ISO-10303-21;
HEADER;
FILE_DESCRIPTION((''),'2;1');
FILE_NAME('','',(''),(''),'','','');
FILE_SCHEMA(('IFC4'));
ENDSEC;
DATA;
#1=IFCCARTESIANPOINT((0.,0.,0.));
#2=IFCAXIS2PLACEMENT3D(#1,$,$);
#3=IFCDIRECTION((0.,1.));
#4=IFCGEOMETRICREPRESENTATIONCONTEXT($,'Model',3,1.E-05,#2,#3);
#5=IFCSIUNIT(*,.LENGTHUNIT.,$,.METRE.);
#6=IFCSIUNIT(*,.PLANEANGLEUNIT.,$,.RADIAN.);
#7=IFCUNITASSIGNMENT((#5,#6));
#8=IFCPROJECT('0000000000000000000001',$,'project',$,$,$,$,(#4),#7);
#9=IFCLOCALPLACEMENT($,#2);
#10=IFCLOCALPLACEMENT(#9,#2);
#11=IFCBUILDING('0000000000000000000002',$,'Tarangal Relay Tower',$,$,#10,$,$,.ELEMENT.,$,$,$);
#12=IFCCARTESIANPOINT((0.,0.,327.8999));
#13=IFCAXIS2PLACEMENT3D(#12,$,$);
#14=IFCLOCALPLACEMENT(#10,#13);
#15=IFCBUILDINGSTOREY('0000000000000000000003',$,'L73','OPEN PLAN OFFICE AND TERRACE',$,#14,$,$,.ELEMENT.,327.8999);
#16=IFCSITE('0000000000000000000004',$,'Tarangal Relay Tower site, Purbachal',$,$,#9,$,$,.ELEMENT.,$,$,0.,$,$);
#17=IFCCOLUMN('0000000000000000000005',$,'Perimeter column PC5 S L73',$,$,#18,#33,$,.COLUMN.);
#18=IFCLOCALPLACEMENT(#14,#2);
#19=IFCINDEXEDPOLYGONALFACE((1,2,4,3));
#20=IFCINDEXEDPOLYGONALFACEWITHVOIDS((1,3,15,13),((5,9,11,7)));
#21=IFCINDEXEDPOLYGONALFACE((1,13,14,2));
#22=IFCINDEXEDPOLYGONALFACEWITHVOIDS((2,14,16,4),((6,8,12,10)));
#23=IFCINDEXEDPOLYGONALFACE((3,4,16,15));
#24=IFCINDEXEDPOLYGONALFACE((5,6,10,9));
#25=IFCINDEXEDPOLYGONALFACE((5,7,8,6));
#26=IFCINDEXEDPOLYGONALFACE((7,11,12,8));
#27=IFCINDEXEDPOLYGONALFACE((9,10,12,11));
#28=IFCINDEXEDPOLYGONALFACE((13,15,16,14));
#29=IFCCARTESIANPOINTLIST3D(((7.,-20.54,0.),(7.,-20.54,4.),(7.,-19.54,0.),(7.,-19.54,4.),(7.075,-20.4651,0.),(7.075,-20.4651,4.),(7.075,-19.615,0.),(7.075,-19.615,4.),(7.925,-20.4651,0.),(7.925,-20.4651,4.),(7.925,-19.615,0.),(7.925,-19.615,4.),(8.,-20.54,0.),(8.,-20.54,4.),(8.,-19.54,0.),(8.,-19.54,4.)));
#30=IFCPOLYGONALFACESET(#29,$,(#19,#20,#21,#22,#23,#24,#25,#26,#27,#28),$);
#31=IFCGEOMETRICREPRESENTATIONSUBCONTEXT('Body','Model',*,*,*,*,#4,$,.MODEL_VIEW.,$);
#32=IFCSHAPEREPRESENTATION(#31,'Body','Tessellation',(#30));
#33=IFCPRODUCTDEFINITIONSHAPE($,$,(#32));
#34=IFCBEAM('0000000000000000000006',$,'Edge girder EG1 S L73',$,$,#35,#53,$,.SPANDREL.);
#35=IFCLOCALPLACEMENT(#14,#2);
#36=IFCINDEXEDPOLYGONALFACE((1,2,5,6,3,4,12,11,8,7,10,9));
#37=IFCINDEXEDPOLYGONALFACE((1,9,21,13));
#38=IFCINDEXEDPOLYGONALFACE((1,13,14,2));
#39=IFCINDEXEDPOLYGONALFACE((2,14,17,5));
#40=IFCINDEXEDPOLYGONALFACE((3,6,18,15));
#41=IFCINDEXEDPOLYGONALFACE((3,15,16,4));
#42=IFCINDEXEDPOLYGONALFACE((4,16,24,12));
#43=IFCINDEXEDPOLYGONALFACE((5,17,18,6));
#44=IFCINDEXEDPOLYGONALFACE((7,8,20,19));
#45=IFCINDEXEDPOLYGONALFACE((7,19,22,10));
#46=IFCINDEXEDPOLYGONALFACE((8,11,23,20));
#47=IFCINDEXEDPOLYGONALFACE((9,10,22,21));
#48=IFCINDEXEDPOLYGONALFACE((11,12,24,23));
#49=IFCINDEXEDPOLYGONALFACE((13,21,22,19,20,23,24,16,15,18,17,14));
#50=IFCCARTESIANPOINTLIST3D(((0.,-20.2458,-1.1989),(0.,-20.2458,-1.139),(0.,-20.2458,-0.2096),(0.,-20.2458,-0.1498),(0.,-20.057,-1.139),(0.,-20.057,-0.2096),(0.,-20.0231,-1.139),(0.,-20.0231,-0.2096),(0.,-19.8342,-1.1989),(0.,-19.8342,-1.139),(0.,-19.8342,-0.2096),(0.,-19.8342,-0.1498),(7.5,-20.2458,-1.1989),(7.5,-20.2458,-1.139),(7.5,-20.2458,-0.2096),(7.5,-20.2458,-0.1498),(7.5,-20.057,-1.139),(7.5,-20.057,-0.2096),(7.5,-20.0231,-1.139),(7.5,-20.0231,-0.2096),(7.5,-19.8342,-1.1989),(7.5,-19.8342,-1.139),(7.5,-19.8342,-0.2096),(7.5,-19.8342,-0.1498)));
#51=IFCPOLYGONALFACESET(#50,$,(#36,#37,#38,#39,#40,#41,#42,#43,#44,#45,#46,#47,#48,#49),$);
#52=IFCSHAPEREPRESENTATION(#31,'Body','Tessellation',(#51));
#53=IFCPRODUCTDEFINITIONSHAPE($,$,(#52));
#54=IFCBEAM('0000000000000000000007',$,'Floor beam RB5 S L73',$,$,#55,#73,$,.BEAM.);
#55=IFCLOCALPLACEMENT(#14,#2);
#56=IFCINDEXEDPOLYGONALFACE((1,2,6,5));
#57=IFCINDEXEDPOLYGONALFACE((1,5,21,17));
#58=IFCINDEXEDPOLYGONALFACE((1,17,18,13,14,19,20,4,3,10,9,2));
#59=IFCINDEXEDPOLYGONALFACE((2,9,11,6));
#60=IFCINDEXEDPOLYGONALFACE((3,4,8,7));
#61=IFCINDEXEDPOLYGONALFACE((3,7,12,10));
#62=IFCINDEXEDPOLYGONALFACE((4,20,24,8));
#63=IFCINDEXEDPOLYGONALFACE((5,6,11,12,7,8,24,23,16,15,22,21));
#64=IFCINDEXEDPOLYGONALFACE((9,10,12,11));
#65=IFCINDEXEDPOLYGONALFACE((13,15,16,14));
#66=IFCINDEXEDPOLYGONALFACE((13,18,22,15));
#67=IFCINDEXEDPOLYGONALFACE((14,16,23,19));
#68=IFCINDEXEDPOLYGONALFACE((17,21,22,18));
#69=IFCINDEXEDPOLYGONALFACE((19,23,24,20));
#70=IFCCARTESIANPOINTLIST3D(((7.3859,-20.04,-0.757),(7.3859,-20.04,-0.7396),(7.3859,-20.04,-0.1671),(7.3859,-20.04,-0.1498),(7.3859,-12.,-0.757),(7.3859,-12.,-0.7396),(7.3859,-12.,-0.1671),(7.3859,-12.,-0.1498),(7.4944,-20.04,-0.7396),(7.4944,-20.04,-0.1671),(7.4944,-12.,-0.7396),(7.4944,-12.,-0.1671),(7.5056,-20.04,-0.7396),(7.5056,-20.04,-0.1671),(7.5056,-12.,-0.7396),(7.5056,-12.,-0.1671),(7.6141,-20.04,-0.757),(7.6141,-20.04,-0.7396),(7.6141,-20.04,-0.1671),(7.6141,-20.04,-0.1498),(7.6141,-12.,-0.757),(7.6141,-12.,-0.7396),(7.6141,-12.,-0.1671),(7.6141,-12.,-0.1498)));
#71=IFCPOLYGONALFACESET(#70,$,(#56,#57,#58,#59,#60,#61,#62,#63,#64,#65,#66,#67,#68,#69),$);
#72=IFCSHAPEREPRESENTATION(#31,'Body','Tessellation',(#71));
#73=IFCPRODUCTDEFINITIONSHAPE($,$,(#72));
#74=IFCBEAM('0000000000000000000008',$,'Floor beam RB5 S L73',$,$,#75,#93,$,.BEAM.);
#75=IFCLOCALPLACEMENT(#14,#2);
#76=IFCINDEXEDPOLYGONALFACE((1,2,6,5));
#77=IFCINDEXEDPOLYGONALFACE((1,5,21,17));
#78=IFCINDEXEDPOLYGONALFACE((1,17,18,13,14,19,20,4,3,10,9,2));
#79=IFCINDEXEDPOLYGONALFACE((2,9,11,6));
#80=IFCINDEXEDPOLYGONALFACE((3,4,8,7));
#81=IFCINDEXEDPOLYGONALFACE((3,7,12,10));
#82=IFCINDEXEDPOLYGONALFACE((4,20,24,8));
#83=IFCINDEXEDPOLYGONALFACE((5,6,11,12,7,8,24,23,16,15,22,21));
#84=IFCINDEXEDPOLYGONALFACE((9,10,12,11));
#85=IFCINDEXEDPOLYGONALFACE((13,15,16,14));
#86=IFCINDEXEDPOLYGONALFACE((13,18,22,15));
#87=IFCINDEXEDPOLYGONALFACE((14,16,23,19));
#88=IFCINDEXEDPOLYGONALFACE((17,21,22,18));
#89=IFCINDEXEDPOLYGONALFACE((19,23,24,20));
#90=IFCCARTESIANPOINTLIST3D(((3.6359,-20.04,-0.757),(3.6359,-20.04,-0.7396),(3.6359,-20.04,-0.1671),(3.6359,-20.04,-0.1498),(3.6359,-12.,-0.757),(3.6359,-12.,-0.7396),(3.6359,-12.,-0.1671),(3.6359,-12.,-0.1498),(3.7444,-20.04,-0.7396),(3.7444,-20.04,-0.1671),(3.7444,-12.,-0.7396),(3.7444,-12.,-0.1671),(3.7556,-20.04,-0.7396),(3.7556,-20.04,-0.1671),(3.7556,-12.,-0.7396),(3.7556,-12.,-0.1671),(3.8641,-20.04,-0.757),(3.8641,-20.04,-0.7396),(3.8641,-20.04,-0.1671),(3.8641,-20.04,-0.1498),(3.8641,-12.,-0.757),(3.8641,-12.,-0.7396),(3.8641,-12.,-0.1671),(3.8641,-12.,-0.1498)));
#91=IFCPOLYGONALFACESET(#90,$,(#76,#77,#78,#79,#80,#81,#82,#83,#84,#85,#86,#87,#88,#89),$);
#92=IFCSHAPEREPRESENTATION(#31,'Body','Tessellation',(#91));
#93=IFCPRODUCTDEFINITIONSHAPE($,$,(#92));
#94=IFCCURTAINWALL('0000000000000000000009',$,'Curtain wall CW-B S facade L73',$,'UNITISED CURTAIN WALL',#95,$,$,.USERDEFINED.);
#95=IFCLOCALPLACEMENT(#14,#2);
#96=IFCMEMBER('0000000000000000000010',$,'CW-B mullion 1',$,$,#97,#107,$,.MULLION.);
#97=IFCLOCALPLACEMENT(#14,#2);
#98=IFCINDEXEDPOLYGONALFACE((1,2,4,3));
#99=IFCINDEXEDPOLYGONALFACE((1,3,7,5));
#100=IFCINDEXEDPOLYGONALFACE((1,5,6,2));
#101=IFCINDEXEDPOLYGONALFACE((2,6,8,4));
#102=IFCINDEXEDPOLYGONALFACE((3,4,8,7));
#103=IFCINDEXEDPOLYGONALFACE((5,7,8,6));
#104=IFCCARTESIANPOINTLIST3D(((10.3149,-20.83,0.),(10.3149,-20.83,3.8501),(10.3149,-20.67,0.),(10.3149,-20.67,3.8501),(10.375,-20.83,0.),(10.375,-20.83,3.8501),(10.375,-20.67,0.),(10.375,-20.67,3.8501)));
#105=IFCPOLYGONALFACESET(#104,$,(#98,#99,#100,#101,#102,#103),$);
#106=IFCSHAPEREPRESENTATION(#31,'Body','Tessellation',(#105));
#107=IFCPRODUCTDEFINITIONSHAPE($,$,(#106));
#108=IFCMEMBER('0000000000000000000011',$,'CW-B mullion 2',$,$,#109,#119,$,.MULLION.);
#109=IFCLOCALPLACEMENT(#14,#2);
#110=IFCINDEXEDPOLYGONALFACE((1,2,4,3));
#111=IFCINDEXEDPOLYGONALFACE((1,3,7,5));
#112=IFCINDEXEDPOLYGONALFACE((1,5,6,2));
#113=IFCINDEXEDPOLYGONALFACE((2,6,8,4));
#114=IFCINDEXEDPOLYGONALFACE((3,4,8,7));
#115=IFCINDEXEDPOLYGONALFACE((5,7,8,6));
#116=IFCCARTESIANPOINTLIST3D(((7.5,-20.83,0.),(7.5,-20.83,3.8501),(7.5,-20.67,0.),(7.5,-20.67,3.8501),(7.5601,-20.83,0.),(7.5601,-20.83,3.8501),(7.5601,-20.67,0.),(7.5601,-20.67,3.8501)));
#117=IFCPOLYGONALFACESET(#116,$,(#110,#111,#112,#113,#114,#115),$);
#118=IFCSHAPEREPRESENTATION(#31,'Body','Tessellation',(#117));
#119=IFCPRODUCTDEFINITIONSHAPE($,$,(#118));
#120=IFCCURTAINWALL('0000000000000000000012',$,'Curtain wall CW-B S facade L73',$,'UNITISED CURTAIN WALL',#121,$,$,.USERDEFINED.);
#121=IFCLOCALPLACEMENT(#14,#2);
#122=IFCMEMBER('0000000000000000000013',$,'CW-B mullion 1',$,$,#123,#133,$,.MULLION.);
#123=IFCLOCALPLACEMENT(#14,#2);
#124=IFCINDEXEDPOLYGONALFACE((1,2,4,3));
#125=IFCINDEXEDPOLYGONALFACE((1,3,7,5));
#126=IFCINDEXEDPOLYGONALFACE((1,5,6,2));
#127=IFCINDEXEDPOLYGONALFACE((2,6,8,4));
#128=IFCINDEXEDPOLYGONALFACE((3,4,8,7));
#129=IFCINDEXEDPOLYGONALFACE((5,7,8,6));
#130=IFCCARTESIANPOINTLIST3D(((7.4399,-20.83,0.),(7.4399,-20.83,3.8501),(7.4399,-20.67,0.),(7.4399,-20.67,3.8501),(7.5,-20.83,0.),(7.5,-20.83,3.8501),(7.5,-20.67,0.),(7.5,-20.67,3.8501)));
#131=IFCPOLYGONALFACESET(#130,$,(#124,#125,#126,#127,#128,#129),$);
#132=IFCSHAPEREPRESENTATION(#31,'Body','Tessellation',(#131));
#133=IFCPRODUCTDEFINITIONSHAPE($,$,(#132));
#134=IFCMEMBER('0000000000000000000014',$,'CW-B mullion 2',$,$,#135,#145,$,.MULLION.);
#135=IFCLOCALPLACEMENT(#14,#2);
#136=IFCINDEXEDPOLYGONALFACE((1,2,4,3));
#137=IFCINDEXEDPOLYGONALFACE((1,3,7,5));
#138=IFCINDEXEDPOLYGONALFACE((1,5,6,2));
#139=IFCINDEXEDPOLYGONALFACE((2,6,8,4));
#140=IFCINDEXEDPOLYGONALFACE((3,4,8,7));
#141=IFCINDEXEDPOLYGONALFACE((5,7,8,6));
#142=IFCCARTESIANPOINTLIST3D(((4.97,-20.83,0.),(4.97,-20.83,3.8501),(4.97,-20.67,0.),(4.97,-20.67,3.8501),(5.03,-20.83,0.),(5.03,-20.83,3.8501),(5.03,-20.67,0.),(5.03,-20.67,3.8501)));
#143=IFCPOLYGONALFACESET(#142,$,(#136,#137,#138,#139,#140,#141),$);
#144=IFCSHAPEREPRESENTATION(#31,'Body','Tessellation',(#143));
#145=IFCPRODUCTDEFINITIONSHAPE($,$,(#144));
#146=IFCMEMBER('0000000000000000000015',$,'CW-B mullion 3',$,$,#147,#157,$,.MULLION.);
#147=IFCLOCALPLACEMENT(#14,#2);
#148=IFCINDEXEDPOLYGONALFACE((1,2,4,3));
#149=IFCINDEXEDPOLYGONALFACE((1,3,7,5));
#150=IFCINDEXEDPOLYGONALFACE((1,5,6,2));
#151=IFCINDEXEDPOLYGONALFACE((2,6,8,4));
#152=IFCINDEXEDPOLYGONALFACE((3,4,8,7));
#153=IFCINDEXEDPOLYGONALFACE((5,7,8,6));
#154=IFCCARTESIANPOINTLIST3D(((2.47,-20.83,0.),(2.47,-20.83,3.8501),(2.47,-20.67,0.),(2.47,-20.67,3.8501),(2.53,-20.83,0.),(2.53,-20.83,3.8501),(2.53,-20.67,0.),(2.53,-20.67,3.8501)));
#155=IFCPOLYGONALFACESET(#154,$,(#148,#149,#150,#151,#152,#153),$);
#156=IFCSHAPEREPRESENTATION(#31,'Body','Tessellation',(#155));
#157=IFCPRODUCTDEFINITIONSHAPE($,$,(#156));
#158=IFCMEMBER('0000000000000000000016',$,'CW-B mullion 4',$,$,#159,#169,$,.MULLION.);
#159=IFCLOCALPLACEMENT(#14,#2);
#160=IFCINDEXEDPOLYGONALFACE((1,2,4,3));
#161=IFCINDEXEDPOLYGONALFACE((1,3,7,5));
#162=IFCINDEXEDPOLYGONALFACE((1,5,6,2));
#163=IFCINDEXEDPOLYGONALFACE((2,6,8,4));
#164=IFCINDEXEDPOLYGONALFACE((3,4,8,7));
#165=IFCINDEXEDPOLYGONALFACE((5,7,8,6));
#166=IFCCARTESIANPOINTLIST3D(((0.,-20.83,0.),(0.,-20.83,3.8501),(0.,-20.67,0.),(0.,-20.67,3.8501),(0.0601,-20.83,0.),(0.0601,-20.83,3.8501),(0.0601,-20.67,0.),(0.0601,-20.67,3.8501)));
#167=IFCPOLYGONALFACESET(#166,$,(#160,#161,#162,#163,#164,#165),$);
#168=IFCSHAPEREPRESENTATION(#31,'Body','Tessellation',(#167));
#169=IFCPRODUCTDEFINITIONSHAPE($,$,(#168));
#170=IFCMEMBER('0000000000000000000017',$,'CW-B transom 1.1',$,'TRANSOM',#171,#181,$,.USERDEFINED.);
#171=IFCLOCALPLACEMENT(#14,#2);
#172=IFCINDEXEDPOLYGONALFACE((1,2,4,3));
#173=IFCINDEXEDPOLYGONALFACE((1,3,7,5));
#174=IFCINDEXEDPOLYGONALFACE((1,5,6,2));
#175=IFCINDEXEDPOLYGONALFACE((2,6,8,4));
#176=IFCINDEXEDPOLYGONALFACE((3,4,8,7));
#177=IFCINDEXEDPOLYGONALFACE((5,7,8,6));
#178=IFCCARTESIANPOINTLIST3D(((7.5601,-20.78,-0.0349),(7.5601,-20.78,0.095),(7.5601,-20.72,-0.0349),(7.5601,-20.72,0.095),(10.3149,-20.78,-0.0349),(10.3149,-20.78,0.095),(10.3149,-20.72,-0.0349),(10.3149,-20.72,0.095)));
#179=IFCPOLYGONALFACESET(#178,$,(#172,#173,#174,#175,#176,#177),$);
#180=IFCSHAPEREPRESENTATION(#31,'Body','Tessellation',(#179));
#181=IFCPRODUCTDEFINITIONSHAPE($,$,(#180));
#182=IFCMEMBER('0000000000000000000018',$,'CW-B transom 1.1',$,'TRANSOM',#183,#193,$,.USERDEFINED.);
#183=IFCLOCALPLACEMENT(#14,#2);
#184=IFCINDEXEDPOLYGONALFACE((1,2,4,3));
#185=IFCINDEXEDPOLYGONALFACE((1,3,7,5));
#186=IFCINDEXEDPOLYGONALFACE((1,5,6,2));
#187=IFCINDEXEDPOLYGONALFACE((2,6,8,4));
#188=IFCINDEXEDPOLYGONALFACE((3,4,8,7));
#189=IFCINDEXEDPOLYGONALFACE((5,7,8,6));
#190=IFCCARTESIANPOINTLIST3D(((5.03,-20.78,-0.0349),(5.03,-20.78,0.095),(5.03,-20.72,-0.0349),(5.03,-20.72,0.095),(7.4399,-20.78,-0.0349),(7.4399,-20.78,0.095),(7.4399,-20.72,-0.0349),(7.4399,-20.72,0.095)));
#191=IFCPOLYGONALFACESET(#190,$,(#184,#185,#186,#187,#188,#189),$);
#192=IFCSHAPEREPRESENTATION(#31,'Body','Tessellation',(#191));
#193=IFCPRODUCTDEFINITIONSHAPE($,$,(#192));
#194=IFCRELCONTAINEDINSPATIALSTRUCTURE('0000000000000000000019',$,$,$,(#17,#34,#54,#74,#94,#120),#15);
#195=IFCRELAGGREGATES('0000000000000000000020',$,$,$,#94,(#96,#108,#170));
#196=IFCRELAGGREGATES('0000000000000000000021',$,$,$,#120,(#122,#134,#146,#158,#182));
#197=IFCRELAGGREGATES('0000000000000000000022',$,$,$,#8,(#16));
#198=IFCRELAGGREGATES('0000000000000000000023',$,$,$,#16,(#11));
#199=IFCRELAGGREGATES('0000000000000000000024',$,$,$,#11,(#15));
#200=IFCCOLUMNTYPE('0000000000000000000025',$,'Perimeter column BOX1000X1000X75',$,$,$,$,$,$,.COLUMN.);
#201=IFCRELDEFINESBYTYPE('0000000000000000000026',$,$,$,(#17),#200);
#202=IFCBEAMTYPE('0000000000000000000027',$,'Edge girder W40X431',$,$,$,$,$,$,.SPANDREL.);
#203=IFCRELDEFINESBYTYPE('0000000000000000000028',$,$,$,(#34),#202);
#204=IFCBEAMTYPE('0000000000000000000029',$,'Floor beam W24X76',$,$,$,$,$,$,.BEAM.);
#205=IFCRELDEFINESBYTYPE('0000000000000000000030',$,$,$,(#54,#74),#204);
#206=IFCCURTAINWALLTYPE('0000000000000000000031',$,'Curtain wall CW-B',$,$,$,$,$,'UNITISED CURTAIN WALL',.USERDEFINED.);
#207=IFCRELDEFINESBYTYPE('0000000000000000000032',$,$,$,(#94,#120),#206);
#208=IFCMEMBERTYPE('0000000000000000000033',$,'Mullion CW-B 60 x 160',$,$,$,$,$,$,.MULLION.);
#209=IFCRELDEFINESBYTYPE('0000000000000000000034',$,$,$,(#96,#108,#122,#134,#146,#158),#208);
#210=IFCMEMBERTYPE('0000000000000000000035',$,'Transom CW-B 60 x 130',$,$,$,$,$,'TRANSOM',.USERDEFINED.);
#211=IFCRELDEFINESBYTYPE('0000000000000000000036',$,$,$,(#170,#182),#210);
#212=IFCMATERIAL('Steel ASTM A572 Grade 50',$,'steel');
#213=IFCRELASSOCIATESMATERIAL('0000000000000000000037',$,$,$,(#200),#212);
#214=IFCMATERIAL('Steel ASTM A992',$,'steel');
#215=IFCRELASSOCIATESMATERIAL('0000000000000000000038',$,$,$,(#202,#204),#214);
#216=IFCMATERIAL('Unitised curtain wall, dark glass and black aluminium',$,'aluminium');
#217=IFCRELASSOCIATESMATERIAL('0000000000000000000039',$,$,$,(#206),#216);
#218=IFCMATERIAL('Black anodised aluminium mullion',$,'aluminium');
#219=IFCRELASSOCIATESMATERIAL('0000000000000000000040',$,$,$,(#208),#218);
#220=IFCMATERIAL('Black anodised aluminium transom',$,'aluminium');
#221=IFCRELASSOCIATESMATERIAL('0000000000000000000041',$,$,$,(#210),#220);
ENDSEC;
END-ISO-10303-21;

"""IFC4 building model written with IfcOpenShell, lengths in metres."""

from ifc_helpers import new_model, si_unit, direction, frame, origin, origin_2d, place, context, subcontext, project, spatial, rectangle, hollow_rectangle, i_section, extrude, material, material_profile, profile_set, type_object, element, aggregate, save


model = new_model("IFC4")

# Units and contexts
model_context = context("Model", 3, precision=1e-05, world=origin(), true_north=direction((0.0, 1.0)))
body_context = subcontext(model_context, "Body", "Model", "MODEL_VIEW")
ifc_project = project(units=[si_unit("LENGTHUNIT", "METRE"), si_unit("PLANEANGLEUNIT", "RADIAN")], contexts=[model_context])

# Site, building, storey
site_placement = place(None, origin())
site = spatial("IfcSite", under=ifc_project, at=site_placement, Name="Tarangal Relay Tower site, Purbachal", CompositionType="ELEMENT", RefElevation=0.0)
building_placement = place(site_placement, origin())
building = spatial("IfcBuilding", under=site, at=building_placement, Name="Tarangal Relay Tower", CompositionType="ELEMENT")
storey_placement = place(building_placement, frame((0.0, 0.0, 327.8999)))
storey = spatial("IfcBuildingStorey", under=building, at=storey_placement, Name="L73", Description="OPEN PLAN OFFICE AND TERRACE", CompositionType="ELEMENT", Elevation=327.8999)

# Column
ifc_material_1 = material(Name="Steel ASTM A572 Grade 50", Category="steel")
ifc_material_profile_1 = material_profile(ifc_material_1, hollow_rectangle(XDim=1.0, YDim=1.0, WallThickness=0.075, at=origin_2d()), Name="BOX1000X1000X75")
ifc_profile_set_1 = profile_set([ifc_material_profile_1], Name="Steel ASTM A572 Grade 50")
column_type = type_object("IfcColumnType", Name="Perimeter column BOX1000X1000X75", PredefinedType="COLUMN", material=ifc_profile_set_1)
column_placement = place(storey_placement, frame((7.5, -20.04, 0.0), z_axis=(0.0, 0.0, 1.0), x_axis=(1.0, 0.0, 0.0)))
element("IfcColumn", 1, at=column_placement, inside=storey, type_object=column_type, Name="Perimeter column PC5 S L73", PredefinedType="COLUMN", context=body_context, shape_type="SweptSolid", body=[
    extrude(hollow_rectangle(XDim=1.0, YDim=1.0, WallThickness=0.075, at=origin_2d()), origin(), (0.0, 0.0, 1.0), 4.0),
])

# Beams
ifc_material_2 = material(Name="Steel ASTM A992", Category="steel")
ifc_material_profile_2 = material_profile(ifc_material_2, i_section(OverallWidth=0.4116, OverallDepth=1.0491, WebThickness=0.0339, FlangeThickness=0.0598, at=origin_2d()), Name="W40X431")
ifc_profile_set_2 = profile_set([ifc_material_profile_2], Name="Steel ASTM A992")
beam_type_1 = type_object("IfcBeamType", Name="Edge girder W40X431", PredefinedType="SPANDREL", material=ifc_profile_set_2)
beam_placement = place(storey_placement, frame((7.5, -20.04, -0.6743), z_axis=(-1.0, 0.0, 0.0), x_axis=(0.0, -1.0, 0.0)))
element("IfcBeam", 2, at=beam_placement, inside=storey, type_object=beam_type_1, Name="Edge girder EG1 S L73", PredefinedType="SPANDREL", context=body_context, shape_type="SweptSolid", body=[
    extrude(i_section(OverallWidth=0.4116, OverallDepth=1.0491, WebThickness=0.0339, FlangeThickness=0.0598, at=origin_2d()), origin(), (0.0, 0.0, 1.0), 7.5),
])
ifc_material_profile_3 = material_profile(ifc_material_2, i_section(OverallWidth=0.2283, OverallDepth=0.6072, WebThickness=0.0112, FlangeThickness=0.0173, at=origin_2d()), Name="W24X76")
ifc_profile_set_3 = profile_set([ifc_material_profile_3], Name="Steel ASTM A992")
beam_type_2 = type_object("IfcBeamType", Name="Floor beam W24X76", PredefinedType="BEAM", material=ifc_profile_set_3)
for number, where, z_axis, x_axis, name in (
    (3, (7.5, -12.0, -0.4534), (0.0, -1.0, 0.0), (1.0, 0.0, 0.0), "Floor beam RB5 S L73"),
    (4, (3.75, -12.0, -0.4534), (0.0, -1.0, 0.0), (1.0, 0.0, 0.0), "Floor beam RB5 S L73"),
):
    element("IfcBeam", number, at=place(storey_placement, frame(where, z_axis=z_axis, x_axis=x_axis)), inside=storey, type_object=beam_type_2, Name=name, PredefinedType="BEAM", context=body_context, shape_type="SweptSolid", body=[
        extrude(i_section(OverallWidth=0.2283, OverallDepth=0.6072, WebThickness=0.0112, FlangeThickness=0.0173, at=origin_2d()), origin(), (0.0, 0.0, 1.0), 8.04),
    ])

# Curtain walls, members
ifc_material_3 = material(Name="Unitised curtain wall, dark glass and black aluminium", Category="aluminium")
curtain_wall_type = type_object("IfcCurtainWallType", Name="Curtain wall CW-B", ElementType="UNITISED CURTAIN WALL", PredefinedType="USERDEFINED", material=ifc_material_3)
curtain_wall_1_placement = place(storey_placement, origin())
curtain_wall_1 = element("IfcCurtainWall", 5, at=curtain_wall_1_placement, inside=storey, type_object=curtain_wall_type, Name="Curtain wall CW-B S facade L73", ObjectType="UNITISED CURTAIN WALL", PredefinedType="USERDEFINED")
ifc_material_4 = material(Name="Black anodised aluminium mullion", Category="aluminium")
ifc_material_profile_4 = material_profile(ifc_material_4, rectangle(XDim=0.1599, YDim=0.0601, at=origin_2d()), Name="CW-BM 60X160")
ifc_profile_set_4 = profile_set([ifc_material_profile_4], Name="Black anodised aluminium mullion")
member_type_1 = type_object("IfcMemberType", Name="Mullion CW-B 60 x 160", PredefinedType="MULLION", material=ifc_profile_set_4)
member_1_placement = place(storey_placement, frame((10.345, -20.75, 0.0), z_axis=(0.0, 0.0, 1.0), x_axis=(0.0, -1.0, 0.0)))
member_1 = element("IfcMember", 6, at=member_1_placement, type_object=member_type_1, Name="CW-B mullion 1", PredefinedType="MULLION", context=body_context, shape_type="SweptSolid", body=[
    extrude(rectangle(XDim=0.1599, YDim=0.0601, at=origin_2d()), origin(), (0.0, 0.0, 1.0), 3.8501),
])
member_2_placement = place(storey_placement, frame((7.53, -20.75, 0.0), z_axis=(0.0, 0.0, 1.0), x_axis=(0.0, -1.0, 0.0)))
member_2 = element("IfcMember", 7, at=member_2_placement, type_object=member_type_1, Name="CW-B mullion 2", PredefinedType="MULLION", context=body_context, shape_type="SweptSolid", body=[
    extrude(rectangle(XDim=0.1599, YDim=0.0601, at=origin_2d()), origin(), (0.0, 0.0, 1.0), 3.8501),
])
curtain_wall_2_placement = place(storey_placement, origin())
curtain_wall_2 = element("IfcCurtainWall", 8, at=curtain_wall_2_placement, inside=storey, type_object=curtain_wall_type, Name="Curtain wall CW-B S facade L73", ObjectType="UNITISED CURTAIN WALL", PredefinedType="USERDEFINED")
member_3_placement = place(storey_placement, frame((7.47, -20.75, 0.0), z_axis=(0.0, 0.0, 1.0), x_axis=(0.0, -1.0, 0.0)))
member_3 = element("IfcMember", 9, at=member_3_placement, type_object=member_type_1, Name="CW-B mullion 1", PredefinedType="MULLION", context=body_context, shape_type="SweptSolid", body=[
    extrude(rectangle(XDim=0.1599, YDim=0.0601, at=origin_2d()), origin(), (0.0, 0.0, 1.0), 3.8501),
])
member_4_placement = place(storey_placement, frame((5.0, -20.75, 0.0), z_axis=(0.0, 0.0, 1.0), x_axis=(0.0, -1.0, 0.0)))
member_4 = element("IfcMember", 10, at=member_4_placement, type_object=member_type_1, Name="CW-B mullion 2", PredefinedType="MULLION", context=body_context, shape_type="SweptSolid", body=[
    extrude(rectangle(XDim=0.1599, YDim=0.0601, at=origin_2d()), origin(), (0.0, 0.0, 1.0), 3.8501),
])
member_5_placement = place(storey_placement, frame((2.5, -20.75, 0.0), z_axis=(0.0, 0.0, 1.0), x_axis=(0.0, -1.0, 0.0)))
member_5 = element("IfcMember", 11, at=member_5_placement, type_object=member_type_1, Name="CW-B mullion 3", PredefinedType="MULLION", context=body_context, shape_type="SweptSolid", body=[
    extrude(rectangle(XDim=0.1599, YDim=0.0601, at=origin_2d()), origin(), (0.0, 0.0, 1.0), 3.8501),
])
member_6_placement = place(storey_placement, frame((0.03, -20.75, 0.0), z_axis=(0.0, 0.0, 1.0), x_axis=(0.0, -1.0, 0.0)))
member_6 = element("IfcMember", 12, at=member_6_placement, type_object=member_type_1, Name="CW-B mullion 4", PredefinedType="MULLION", context=body_context, shape_type="SweptSolid", body=[
    extrude(rectangle(XDim=0.1599, YDim=0.0601, at=origin_2d()), origin(), (0.0, 0.0, 1.0), 3.8501),
])

# Members
ifc_material_5 = material(Name="Black anodised aluminium transom", Category="aluminium")
ifc_material_profile_5 = material_profile(ifc_material_5, rectangle(XDim=0.0601, YDim=0.1299, at=origin_2d()), Name="CW-BT 60X130")
ifc_profile_set_5 = profile_set([ifc_material_profile_5], Name="Black anodised aluminium transom")
member_type_2 = type_object("IfcMemberType", Name="Transom CW-B 60 x 130", ElementType="TRANSOM", PredefinedType="USERDEFINED", material=ifc_profile_set_5)
member_7_placement = place(storey_placement, frame((10.3149, -20.75, 0.03), z_axis=(-1.0, 0.0, 0.0), x_axis=(0.0, -1.0, 0.0)))
member_7 = element("IfcMember", 13, at=member_7_placement, type_object=member_type_2, Name="CW-B transom 1.1", ObjectType="TRANSOM", PredefinedType="USERDEFINED", context=body_context, shape_type="SweptSolid", body=[
    extrude(rectangle(XDim=0.0601, YDim=0.1299, at=origin_2d()), origin(), (0.0, 0.0, 1.0), 2.7549),
])
member_8_placement = place(storey_placement, frame((7.4399, -20.75, 0.03), z_axis=(-1.0, 0.0, 0.0), x_axis=(0.0, -1.0, 0.0)))
member_8 = element("IfcMember", 14, at=member_8_placement, type_object=member_type_2, Name="CW-B transom 1.1", ObjectType="TRANSOM", PredefinedType="USERDEFINED", context=body_context, shape_type="SweptSolid", body=[
    extrude(rectangle(XDim=0.0601, YDim=0.1299, at=origin_2d()), origin(), (0.0, 0.0, 1.0), 2.4099),
])

aggregate(curtain_wall_1, [member_1, member_2, member_7])
aggregate(curtain_wall_2, [member_3, member_4, member_5, member_6, member_8])

save(model, "model.ifc")
